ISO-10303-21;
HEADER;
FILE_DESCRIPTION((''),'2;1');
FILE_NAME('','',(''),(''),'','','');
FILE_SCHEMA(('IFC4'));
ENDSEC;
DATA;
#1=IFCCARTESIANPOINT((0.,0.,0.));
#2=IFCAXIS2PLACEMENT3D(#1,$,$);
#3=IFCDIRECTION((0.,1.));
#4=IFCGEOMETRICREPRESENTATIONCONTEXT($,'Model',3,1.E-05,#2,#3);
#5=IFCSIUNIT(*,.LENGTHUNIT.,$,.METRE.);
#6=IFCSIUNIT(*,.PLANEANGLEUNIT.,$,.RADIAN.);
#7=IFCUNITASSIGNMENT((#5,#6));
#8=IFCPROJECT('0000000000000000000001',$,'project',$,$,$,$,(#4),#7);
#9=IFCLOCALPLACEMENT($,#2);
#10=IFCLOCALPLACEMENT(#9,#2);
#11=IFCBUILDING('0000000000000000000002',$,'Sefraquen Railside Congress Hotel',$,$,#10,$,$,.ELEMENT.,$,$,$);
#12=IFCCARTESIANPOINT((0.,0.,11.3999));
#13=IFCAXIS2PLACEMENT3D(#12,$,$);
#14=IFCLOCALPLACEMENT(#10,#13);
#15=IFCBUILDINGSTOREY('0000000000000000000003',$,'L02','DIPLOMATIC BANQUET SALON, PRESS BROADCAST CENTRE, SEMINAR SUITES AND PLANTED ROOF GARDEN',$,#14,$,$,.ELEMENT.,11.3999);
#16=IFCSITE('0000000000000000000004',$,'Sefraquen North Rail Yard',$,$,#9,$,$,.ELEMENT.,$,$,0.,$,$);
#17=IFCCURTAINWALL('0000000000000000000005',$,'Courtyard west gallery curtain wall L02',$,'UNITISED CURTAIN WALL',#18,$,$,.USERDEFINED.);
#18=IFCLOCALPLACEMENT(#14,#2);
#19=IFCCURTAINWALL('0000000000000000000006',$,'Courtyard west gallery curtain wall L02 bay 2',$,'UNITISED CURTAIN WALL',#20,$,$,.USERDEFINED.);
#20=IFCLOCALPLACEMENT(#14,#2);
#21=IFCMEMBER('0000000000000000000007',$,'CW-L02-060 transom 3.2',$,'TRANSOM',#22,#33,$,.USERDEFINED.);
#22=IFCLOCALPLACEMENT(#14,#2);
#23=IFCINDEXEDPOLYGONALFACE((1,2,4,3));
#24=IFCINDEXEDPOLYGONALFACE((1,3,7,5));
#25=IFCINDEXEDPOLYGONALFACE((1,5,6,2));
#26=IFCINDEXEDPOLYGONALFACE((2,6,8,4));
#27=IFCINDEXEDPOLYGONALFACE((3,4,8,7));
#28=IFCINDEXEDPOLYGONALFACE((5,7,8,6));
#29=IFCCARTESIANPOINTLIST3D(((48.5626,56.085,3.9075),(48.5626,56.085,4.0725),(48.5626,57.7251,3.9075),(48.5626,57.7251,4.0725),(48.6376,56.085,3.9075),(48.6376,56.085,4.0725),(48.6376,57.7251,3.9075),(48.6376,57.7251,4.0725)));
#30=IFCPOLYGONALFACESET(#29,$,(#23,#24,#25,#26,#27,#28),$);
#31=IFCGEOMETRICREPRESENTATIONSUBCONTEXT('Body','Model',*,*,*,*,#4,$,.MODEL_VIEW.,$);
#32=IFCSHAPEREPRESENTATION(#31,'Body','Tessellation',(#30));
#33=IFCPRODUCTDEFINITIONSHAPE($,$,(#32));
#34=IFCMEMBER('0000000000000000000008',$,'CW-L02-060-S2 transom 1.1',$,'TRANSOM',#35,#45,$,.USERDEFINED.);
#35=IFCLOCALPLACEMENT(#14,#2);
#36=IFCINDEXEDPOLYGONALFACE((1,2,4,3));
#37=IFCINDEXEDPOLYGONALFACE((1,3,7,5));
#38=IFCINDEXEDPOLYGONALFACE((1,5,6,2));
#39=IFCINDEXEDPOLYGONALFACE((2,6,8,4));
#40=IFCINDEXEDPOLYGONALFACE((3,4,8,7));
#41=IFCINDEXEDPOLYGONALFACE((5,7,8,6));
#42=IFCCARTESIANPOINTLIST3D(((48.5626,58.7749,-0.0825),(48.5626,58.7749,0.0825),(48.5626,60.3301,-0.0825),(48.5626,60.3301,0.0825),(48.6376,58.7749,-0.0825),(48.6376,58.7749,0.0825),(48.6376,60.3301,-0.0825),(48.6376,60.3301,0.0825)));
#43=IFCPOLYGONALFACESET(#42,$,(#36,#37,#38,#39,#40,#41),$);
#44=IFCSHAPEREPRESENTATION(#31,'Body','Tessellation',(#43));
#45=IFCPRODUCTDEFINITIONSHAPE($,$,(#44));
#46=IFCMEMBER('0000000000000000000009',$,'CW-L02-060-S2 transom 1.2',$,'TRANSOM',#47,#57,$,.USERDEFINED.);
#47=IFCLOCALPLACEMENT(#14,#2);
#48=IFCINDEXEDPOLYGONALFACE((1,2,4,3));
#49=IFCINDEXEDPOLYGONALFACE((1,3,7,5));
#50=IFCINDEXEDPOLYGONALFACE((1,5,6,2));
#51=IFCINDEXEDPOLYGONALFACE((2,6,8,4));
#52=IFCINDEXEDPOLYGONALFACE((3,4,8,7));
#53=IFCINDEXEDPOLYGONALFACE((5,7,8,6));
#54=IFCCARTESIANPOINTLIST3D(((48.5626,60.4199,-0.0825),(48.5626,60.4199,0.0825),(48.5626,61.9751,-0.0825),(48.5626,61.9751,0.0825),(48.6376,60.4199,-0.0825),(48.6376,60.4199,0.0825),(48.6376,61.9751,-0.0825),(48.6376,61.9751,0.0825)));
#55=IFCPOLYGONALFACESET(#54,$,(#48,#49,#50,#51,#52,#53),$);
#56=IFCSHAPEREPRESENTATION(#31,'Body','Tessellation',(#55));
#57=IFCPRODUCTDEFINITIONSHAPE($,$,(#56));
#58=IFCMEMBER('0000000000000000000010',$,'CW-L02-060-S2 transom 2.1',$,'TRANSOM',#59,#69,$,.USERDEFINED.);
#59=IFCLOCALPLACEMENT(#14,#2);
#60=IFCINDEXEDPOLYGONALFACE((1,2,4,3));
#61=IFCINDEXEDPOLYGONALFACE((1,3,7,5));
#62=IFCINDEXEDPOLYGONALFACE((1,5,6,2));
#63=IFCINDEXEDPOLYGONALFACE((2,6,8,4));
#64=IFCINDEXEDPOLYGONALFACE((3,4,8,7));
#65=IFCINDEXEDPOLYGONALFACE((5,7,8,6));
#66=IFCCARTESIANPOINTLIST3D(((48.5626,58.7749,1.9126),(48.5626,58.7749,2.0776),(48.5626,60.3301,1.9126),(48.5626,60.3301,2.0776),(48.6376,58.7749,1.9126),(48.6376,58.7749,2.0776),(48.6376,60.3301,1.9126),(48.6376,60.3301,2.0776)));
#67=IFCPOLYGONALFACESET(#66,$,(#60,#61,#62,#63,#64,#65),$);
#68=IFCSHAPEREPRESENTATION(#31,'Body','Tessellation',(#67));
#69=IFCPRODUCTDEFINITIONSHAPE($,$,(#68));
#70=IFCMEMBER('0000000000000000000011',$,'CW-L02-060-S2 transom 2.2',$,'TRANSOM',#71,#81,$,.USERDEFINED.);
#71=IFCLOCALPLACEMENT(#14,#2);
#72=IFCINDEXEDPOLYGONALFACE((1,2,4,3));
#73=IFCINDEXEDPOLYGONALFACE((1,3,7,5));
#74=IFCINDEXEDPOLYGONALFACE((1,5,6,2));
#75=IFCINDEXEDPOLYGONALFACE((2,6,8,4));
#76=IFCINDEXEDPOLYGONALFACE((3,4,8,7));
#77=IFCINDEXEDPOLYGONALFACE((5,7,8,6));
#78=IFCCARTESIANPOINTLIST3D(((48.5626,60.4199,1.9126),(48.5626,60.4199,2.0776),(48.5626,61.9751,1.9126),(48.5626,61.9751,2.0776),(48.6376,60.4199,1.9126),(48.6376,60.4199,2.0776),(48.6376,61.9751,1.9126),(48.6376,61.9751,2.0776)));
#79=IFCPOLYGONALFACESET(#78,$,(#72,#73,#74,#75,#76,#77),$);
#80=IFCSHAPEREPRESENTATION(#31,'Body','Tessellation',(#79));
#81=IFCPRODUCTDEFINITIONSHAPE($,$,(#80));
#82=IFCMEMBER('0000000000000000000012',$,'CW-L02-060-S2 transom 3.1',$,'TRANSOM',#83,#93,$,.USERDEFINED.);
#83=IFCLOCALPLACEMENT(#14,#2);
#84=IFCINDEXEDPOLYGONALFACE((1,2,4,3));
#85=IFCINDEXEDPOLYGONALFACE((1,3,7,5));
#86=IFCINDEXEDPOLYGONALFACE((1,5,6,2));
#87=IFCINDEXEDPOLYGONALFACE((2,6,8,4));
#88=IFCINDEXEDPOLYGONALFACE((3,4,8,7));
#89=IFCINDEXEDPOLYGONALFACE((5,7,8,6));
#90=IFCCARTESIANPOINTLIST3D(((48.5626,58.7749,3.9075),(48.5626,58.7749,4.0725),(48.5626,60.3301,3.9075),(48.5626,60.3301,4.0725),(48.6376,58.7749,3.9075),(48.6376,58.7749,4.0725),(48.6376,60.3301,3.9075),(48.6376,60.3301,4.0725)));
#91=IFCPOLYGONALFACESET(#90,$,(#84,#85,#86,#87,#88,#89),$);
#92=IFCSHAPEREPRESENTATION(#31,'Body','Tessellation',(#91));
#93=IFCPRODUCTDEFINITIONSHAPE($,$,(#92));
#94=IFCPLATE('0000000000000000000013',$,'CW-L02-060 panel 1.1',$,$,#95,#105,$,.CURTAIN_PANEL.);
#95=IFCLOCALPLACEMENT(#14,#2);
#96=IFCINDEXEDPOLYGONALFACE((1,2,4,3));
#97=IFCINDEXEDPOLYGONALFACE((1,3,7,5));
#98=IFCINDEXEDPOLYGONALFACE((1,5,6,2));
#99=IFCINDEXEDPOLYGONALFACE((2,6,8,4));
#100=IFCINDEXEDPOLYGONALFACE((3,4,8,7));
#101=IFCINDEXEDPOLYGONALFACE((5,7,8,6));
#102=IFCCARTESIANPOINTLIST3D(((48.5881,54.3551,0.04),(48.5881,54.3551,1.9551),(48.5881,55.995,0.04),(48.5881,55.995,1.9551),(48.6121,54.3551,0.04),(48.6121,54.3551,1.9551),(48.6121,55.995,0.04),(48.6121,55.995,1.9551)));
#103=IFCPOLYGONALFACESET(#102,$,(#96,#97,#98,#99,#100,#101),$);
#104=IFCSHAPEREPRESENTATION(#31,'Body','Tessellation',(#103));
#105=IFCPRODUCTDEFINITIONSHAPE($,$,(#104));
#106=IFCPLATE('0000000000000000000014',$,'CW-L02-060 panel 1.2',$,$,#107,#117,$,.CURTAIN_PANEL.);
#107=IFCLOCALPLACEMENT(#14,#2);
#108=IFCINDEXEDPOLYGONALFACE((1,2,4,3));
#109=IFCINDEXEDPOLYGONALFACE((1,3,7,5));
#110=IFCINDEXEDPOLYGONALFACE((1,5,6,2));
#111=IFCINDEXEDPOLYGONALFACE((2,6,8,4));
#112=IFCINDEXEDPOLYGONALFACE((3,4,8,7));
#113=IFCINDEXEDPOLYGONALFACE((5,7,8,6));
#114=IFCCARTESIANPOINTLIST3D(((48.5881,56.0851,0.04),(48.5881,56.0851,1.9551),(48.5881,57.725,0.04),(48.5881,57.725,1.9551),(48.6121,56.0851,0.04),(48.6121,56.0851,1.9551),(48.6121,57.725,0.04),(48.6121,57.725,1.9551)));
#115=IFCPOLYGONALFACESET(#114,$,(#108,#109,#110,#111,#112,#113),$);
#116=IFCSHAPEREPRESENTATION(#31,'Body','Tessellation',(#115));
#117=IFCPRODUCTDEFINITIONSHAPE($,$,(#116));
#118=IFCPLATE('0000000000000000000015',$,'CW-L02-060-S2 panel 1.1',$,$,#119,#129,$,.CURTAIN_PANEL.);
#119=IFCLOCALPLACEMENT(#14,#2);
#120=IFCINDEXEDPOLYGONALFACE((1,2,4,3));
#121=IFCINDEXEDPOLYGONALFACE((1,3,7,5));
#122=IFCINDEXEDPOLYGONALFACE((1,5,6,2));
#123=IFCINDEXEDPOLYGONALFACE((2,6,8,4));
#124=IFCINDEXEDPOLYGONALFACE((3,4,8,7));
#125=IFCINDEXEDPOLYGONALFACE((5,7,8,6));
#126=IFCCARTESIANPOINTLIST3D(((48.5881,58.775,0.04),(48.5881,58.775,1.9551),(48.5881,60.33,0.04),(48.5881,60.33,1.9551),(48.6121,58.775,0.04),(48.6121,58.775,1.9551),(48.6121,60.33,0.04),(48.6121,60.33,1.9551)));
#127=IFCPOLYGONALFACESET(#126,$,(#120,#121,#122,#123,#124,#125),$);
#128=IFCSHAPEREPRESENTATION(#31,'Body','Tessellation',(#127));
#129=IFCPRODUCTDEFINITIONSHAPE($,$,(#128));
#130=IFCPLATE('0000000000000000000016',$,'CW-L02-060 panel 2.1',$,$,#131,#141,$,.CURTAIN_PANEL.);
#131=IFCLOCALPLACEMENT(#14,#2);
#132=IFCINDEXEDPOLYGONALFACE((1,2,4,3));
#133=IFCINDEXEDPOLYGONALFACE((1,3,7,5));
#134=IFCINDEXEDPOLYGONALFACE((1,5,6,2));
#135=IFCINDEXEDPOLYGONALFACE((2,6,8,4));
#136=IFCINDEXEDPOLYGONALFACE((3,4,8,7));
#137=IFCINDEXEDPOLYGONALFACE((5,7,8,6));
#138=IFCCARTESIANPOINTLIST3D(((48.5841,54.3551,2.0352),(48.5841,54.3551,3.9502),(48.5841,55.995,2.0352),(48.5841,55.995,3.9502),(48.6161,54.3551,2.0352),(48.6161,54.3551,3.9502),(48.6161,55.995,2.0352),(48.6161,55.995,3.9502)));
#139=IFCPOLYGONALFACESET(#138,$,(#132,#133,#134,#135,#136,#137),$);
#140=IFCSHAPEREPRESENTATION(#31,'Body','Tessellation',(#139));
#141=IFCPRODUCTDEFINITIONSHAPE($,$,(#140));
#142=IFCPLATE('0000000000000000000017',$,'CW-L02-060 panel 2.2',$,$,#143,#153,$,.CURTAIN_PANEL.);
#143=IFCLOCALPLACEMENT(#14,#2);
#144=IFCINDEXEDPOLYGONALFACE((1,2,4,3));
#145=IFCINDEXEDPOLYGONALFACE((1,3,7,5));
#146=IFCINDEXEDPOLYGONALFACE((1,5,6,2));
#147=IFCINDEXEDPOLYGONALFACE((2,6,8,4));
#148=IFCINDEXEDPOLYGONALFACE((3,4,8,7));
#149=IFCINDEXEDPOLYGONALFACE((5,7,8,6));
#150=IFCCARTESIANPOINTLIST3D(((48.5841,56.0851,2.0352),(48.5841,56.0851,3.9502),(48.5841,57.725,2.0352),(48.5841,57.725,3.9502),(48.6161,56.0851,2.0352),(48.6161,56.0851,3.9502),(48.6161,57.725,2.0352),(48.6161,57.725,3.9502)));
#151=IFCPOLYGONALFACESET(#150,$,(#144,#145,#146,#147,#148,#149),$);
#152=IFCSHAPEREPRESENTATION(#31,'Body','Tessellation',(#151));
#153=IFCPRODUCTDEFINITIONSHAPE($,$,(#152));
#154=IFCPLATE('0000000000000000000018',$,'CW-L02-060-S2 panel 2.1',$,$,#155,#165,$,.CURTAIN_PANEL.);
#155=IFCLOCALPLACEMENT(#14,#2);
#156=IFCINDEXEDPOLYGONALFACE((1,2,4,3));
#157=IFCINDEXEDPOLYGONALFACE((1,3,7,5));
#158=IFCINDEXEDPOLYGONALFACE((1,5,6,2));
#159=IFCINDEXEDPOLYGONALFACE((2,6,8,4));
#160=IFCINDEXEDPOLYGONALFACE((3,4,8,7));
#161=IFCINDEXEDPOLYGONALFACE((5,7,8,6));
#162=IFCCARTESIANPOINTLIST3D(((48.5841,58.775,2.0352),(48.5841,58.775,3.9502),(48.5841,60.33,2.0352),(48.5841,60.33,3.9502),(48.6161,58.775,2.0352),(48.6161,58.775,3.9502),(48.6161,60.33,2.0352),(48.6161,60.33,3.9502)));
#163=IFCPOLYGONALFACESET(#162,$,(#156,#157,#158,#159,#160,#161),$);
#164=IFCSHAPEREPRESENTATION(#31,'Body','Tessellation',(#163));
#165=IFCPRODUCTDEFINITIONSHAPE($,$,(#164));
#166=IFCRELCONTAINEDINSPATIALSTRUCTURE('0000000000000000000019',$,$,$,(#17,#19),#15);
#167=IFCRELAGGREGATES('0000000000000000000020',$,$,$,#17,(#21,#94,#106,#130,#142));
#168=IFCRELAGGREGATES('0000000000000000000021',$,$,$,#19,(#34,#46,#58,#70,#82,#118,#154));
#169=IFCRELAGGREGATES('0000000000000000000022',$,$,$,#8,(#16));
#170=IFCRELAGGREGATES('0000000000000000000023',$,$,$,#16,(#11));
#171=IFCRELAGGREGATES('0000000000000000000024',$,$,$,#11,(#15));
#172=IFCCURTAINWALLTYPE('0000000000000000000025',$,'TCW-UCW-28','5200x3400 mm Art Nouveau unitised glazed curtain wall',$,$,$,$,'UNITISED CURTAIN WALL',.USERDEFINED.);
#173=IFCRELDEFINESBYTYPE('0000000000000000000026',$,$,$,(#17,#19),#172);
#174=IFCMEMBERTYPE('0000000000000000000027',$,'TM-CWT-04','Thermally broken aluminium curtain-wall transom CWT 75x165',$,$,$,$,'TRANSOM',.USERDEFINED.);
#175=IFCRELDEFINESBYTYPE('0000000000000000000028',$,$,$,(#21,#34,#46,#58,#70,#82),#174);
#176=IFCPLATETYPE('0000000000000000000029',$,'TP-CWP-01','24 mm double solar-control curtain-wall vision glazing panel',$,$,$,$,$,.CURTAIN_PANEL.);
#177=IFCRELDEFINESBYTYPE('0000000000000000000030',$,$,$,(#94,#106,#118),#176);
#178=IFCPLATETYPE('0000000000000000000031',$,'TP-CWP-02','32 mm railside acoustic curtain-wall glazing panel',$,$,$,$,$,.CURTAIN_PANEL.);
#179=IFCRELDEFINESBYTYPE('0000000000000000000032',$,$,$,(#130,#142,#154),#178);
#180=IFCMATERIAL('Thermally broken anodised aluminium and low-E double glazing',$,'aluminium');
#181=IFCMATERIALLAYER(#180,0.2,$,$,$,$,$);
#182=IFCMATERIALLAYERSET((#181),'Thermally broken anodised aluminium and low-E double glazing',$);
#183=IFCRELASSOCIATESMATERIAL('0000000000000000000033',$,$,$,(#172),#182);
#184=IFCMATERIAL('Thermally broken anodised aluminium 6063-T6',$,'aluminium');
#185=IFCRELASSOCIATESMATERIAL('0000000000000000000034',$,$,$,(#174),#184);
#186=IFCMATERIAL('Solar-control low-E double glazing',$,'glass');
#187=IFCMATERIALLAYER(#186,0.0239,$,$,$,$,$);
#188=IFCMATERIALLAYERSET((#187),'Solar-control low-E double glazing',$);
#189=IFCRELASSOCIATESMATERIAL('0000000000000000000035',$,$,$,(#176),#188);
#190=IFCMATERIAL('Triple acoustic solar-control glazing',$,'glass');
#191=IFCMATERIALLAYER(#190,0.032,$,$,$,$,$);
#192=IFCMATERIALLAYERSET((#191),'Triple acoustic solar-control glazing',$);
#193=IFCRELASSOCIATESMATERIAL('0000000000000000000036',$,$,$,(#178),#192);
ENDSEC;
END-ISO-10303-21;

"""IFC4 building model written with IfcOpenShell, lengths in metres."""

from ifc_helpers import new_model, si_unit, direction, frame, origin, origin_2d, place, context, subcontext, project, spatial, rectangle, extrude, material, layer, layer_set, material_profile, profile_set, type_object, element, aggregate, save


model = new_model("IFC4")

# Units and contexts
model_context = context("Model", 3, precision=1e-05, world=origin(), true_north=direction((0.0, 1.0)))
body_context = subcontext(model_context, "Body", "Model", "MODEL_VIEW")
ifc_project = project(units=[si_unit("LENGTHUNIT", "METRE"), si_unit("PLANEANGLEUNIT", "RADIAN")], contexts=[model_context])

# Site, building, storey
site_placement = place(None, origin())
site = spatial("IfcSite", under=ifc_project, at=site_placement, Name="Sefraquen North Rail Yard", CompositionType="ELEMENT", RefElevation=0.0)
building_placement = place(site_placement, origin())
building = spatial("IfcBuilding", under=site, at=building_placement, Name="Sefraquen Railside Congress Hotel", CompositionType="ELEMENT")
storey_placement = place(building_placement, frame((0.0, 0.0, 11.3999)))
storey = spatial("IfcBuildingStorey", under=building, at=storey_placement, Name="L02", Description="DIPLOMATIC BANQUET SALON, PRESS BROADCAST CENTRE, SEMINAR SUITES AND PLANTED ROOF GARDEN", CompositionType="ELEMENT", Elevation=11.3999)

# Curtain walls
ifc_material_1 = material(Name="Thermally broken anodised aluminium and low-E double glazing", Category="aluminium")
ifc_layer_1 = layer(ifc_material_1, 0.2)
ifc_layer_set_1 = layer_set([ifc_layer_1], Name="Thermally broken anodised aluminium and low-E double glazing")
curtain_wall_type = type_object("IfcCurtainWallType", Name="TCW-UCW-28", Description="5200x3400 mm Art Nouveau unitised glazed curtain wall", ElementType="UNITISED CURTAIN WALL", PredefinedType="USERDEFINED", material=ifc_layer_set_1)
curtain_wall_1_placement = place(storey_placement, origin())
curtain_wall_1 = element("IfcCurtainWall", 1, at=curtain_wall_1_placement, inside=storey, type_object=curtain_wall_type, Name="Courtyard west gallery curtain wall L02", ObjectType="UNITISED CURTAIN WALL", PredefinedType="USERDEFINED")
ifc_material_2 = material(Name="Thermally broken anodised aluminium 6063-T6", Category="aluminium")
curtain_wall_2_placement = place(storey_placement, origin())
curtain_wall_2 = element("IfcCurtainWall", 2, at=curtain_wall_2_placement, inside=storey, type_object=curtain_wall_type, Name="Courtyard west gallery curtain wall L02 bay 2", ObjectType="UNITISED CURTAIN WALL", PredefinedType="USERDEFINED")

# Members
ifc_material_profile_1 = material_profile(ifc_material_2, rectangle(XDim=0.075, YDim=0.165, at=origin_2d()), Name="CWT 75x165")
ifc_profile_set_1 = profile_set([ifc_material_profile_1], Name="Thermally broken anodised aluminium 6063-T6")
member_type_1 = type_object("IfcMemberType", Name="TM-CWT-04", Description="Thermally broken aluminium curtain-wall transom CWT 75x165", ElementType="TRANSOM", PredefinedType="USERDEFINED", material=ifc_profile_set_1)
member_1_placement = place(storey_placement, frame((48.6001, 56.085, 3.99), z_axis=(0.0, 1.0, 0.0), x_axis=(-1.0, 0.0, 0.0)))
member_1 = element("IfcMember", 3, at=member_1_placement, type_object=member_type_1, Name="CW-L02-060 transom 3.2", ObjectType="TRANSOM", PredefinedType="USERDEFINED", context=body_context, shape_type="SweptSolid", body=[
    extrude(rectangle(XDim=0.075, YDim=0.165, at=origin_2d()), origin(), (0.0, 0.0, 1.0), 1.6401),
])
member_2_placement = place(storey_placement, frame((48.6001, 58.7749, 0.0), z_axis=(0.0, 1.0, 0.0), x_axis=(-1.0, 0.0, 0.0)))
member_2 = element("IfcMember", 4, at=member_2_placement, type_object=member_type_1, Name="CW-L02-060-S2 transom 1.1", ObjectType="TRANSOM", PredefinedType="USERDEFINED", context=body_context, shape_type="SweptSolid", body=[
    extrude(rectangle(XDim=0.075, YDim=0.165, at=origin_2d()), origin(), (0.0, 0.0, 1.0), 1.5552),
])
member_3_placement = place(storey_placement, frame((48.6001, 60.4199, 0.0), z_axis=(0.0, 1.0, 0.0), x_axis=(-1.0, 0.0, 0.0)))
member_3 = element("IfcMember", 5, at=member_3_placement, type_object=member_type_1, Name="CW-L02-060-S2 transom 1.2", ObjectType="TRANSOM", PredefinedType="USERDEFINED", context=body_context, shape_type="SweptSolid", body=[
    extrude(rectangle(XDim=0.075, YDim=0.165, at=origin_2d()), origin(), (0.0, 0.0, 1.0), 1.5552),
])
member_4_placement = place(storey_placement, frame((48.6001, 58.7749, 1.9951), z_axis=(0.0, 1.0, 0.0), x_axis=(-1.0, 0.0, 0.0)))
member_4 = element("IfcMember", 6, at=member_4_placement, type_object=member_type_1, Name="CW-L02-060-S2 transom 2.1", ObjectType="TRANSOM", PredefinedType="USERDEFINED", context=body_context, shape_type="SweptSolid", body=[
    extrude(rectangle(XDim=0.075, YDim=0.165, at=origin_2d()), origin(), (0.0, 0.0, 1.0), 1.5552),
])
member_5_placement = place(storey_placement, frame((48.6001, 60.4199, 1.9951), z_axis=(0.0, 1.0, 0.0), x_axis=(-1.0, 0.0, 0.0)))
member_5 = element("IfcMember", 7, at=member_5_placement, type_object=member_type_1, Name="CW-L02-060-S2 transom 2.2", ObjectType="TRANSOM", PredefinedType="USERDEFINED", context=body_context, shape_type="SweptSolid", body=[
    extrude(rectangle(XDim=0.075, YDim=0.165, at=origin_2d()), origin(), (0.0, 0.0, 1.0), 1.5552),
])
member_6_placement = place(storey_placement, frame((48.6001, 58.7749, 3.99), z_axis=(0.0, 1.0, 0.0), x_axis=(-1.0, 0.0, 0.0)))
member_6 = element("IfcMember", 8, at=member_6_placement, type_object=member_type_1, Name="CW-L02-060-S2 transom 3.1", ObjectType="TRANSOM", PredefinedType="USERDEFINED", context=body_context, shape_type="SweptSolid", body=[
    extrude(rectangle(XDim=0.075, YDim=0.165, at=origin_2d()), origin(), (0.0, 0.0, 1.0), 1.5552),
])

# Plates
ifc_material_3 = material(Name="Solar-control low-E double glazing", Category="glass")
ifc_layer_2 = layer(ifc_material_3, 0.0239)
ifc_layer_set_2 = layer_set([ifc_layer_2], Name="Solar-control low-E double glazing")
plate_type_1 = type_object("IfcPlateType", Name="TP-CWP-01", Description="24 mm double solar-control curtain-wall vision glazing panel", PredefinedType="CURTAIN_PANEL", material=ifc_layer_set_2)
plate_1_placement = place(storey_placement, frame((48.6001, 55.175, 0.04), z_axis=(0.0, 0.0, 1.0), x_axis=(0.0, 1.0, 0.0)))
plate_1 = element("IfcPlate", 9, at=plate_1_placement, type_object=plate_type_1, Name="CW-L02-060 panel 1.1", PredefinedType="CURTAIN_PANEL", context=body_context, shape_type="SweptSolid", body=[
    extrude(rectangle(XDim=1.6399, YDim=0.0239, at=origin_2d()), origin(), (0.0, 0.0, 1.0), 1.915),
])
plate_2_placement = place(storey_placement, frame((48.6001, 56.905, 0.04), z_axis=(0.0, 0.0, 1.0), x_axis=(0.0, 1.0, 0.0)))
plate_2 = element("IfcPlate", 10, at=plate_2_placement, type_object=plate_type_1, Name="CW-L02-060 panel 1.2", PredefinedType="CURTAIN_PANEL", context=body_context, shape_type="SweptSolid", body=[
    extrude(rectangle(XDim=1.6399, YDim=0.0239, at=origin_2d()), origin(), (0.0, 0.0, 1.0), 1.915),
])
plate_3_placement = place(storey_placement, frame((48.6001, 59.5525, 0.04), z_axis=(0.0, 0.0, 1.0), x_axis=(0.0, 1.0, 0.0)))
plate_3 = element("IfcPlate", 11, at=plate_3_placement, type_object=plate_type_1, Name="CW-L02-060-S2 panel 1.1", PredefinedType="CURTAIN_PANEL", context=body_context, shape_type="SweptSolid", body=[
    extrude(rectangle(XDim=1.5549, YDim=0.0239, at=origin_2d()), origin(), (0.0, 0.0, 1.0), 1.915),
])
ifc_material_4 = material(Name="Triple acoustic solar-control glazing", Category="glass")
ifc_layer_3 = layer(ifc_material_4, 0.032)
ifc_layer_set_3 = layer_set([ifc_layer_3], Name="Triple acoustic solar-control glazing")
plate_type_2 = type_object("IfcPlateType", Name="TP-CWP-02", Description="32 mm railside acoustic curtain-wall glazing panel", PredefinedType="CURTAIN_PANEL", material=ifc_layer_set_3)
plate_4_placement = place(storey_placement, frame((48.6001, 55.175, 2.0352), z_axis=(0.0, 0.0, 1.0), x_axis=(0.0, 1.0, 0.0)))
plate_4 = element("IfcPlate", 12, at=plate_4_placement, type_object=plate_type_2, Name="CW-L02-060 panel 2.1", PredefinedType="CURTAIN_PANEL", context=body_context, shape_type="SweptSolid", body=[
    extrude(rectangle(XDim=1.6399, YDim=0.032, at=origin_2d()), origin(), (0.0, 0.0, 1.0), 1.915),
])
plate_5_placement = place(storey_placement, frame((48.6001, 56.905, 2.0352), z_axis=(0.0, 0.0, 1.0), x_axis=(0.0, 1.0, 0.0)))
plate_5 = element("IfcPlate", 13, at=plate_5_placement, type_object=plate_type_2, Name="CW-L02-060 panel 2.2", PredefinedType="CURTAIN_PANEL", context=body_context, shape_type="SweptSolid", body=[
    extrude(rectangle(XDim=1.6399, YDim=0.032, at=origin_2d()), origin(), (0.0, 0.0, 1.0), 1.915),
])
aggregate(curtain_wall_1, [member_1, plate_1, plate_2, plate_4, plate_5])
plate_6_placement = place(storey_placement, frame((48.6001, 59.5525, 2.0352), z_axis=(0.0, 0.0, 1.0), x_axis=(0.0, 1.0, 0.0)))
plate_6 = element("IfcPlate", 14, at=plate_6_placement, type_object=plate_type_2, Name="CW-L02-060-S2 panel 2.1", PredefinedType="CURTAIN_PANEL", context=body_context, shape_type="SweptSolid", body=[
    extrude(rectangle(XDim=1.5549, YDim=0.032, at=origin_2d()), origin(), (0.0, 0.0, 1.0), 1.915),
])
aggregate(curtain_wall_2, [member_2, member_3, member_4, member_5, member_6, plate_3, plate_6])

save(model, "model.ifc")
